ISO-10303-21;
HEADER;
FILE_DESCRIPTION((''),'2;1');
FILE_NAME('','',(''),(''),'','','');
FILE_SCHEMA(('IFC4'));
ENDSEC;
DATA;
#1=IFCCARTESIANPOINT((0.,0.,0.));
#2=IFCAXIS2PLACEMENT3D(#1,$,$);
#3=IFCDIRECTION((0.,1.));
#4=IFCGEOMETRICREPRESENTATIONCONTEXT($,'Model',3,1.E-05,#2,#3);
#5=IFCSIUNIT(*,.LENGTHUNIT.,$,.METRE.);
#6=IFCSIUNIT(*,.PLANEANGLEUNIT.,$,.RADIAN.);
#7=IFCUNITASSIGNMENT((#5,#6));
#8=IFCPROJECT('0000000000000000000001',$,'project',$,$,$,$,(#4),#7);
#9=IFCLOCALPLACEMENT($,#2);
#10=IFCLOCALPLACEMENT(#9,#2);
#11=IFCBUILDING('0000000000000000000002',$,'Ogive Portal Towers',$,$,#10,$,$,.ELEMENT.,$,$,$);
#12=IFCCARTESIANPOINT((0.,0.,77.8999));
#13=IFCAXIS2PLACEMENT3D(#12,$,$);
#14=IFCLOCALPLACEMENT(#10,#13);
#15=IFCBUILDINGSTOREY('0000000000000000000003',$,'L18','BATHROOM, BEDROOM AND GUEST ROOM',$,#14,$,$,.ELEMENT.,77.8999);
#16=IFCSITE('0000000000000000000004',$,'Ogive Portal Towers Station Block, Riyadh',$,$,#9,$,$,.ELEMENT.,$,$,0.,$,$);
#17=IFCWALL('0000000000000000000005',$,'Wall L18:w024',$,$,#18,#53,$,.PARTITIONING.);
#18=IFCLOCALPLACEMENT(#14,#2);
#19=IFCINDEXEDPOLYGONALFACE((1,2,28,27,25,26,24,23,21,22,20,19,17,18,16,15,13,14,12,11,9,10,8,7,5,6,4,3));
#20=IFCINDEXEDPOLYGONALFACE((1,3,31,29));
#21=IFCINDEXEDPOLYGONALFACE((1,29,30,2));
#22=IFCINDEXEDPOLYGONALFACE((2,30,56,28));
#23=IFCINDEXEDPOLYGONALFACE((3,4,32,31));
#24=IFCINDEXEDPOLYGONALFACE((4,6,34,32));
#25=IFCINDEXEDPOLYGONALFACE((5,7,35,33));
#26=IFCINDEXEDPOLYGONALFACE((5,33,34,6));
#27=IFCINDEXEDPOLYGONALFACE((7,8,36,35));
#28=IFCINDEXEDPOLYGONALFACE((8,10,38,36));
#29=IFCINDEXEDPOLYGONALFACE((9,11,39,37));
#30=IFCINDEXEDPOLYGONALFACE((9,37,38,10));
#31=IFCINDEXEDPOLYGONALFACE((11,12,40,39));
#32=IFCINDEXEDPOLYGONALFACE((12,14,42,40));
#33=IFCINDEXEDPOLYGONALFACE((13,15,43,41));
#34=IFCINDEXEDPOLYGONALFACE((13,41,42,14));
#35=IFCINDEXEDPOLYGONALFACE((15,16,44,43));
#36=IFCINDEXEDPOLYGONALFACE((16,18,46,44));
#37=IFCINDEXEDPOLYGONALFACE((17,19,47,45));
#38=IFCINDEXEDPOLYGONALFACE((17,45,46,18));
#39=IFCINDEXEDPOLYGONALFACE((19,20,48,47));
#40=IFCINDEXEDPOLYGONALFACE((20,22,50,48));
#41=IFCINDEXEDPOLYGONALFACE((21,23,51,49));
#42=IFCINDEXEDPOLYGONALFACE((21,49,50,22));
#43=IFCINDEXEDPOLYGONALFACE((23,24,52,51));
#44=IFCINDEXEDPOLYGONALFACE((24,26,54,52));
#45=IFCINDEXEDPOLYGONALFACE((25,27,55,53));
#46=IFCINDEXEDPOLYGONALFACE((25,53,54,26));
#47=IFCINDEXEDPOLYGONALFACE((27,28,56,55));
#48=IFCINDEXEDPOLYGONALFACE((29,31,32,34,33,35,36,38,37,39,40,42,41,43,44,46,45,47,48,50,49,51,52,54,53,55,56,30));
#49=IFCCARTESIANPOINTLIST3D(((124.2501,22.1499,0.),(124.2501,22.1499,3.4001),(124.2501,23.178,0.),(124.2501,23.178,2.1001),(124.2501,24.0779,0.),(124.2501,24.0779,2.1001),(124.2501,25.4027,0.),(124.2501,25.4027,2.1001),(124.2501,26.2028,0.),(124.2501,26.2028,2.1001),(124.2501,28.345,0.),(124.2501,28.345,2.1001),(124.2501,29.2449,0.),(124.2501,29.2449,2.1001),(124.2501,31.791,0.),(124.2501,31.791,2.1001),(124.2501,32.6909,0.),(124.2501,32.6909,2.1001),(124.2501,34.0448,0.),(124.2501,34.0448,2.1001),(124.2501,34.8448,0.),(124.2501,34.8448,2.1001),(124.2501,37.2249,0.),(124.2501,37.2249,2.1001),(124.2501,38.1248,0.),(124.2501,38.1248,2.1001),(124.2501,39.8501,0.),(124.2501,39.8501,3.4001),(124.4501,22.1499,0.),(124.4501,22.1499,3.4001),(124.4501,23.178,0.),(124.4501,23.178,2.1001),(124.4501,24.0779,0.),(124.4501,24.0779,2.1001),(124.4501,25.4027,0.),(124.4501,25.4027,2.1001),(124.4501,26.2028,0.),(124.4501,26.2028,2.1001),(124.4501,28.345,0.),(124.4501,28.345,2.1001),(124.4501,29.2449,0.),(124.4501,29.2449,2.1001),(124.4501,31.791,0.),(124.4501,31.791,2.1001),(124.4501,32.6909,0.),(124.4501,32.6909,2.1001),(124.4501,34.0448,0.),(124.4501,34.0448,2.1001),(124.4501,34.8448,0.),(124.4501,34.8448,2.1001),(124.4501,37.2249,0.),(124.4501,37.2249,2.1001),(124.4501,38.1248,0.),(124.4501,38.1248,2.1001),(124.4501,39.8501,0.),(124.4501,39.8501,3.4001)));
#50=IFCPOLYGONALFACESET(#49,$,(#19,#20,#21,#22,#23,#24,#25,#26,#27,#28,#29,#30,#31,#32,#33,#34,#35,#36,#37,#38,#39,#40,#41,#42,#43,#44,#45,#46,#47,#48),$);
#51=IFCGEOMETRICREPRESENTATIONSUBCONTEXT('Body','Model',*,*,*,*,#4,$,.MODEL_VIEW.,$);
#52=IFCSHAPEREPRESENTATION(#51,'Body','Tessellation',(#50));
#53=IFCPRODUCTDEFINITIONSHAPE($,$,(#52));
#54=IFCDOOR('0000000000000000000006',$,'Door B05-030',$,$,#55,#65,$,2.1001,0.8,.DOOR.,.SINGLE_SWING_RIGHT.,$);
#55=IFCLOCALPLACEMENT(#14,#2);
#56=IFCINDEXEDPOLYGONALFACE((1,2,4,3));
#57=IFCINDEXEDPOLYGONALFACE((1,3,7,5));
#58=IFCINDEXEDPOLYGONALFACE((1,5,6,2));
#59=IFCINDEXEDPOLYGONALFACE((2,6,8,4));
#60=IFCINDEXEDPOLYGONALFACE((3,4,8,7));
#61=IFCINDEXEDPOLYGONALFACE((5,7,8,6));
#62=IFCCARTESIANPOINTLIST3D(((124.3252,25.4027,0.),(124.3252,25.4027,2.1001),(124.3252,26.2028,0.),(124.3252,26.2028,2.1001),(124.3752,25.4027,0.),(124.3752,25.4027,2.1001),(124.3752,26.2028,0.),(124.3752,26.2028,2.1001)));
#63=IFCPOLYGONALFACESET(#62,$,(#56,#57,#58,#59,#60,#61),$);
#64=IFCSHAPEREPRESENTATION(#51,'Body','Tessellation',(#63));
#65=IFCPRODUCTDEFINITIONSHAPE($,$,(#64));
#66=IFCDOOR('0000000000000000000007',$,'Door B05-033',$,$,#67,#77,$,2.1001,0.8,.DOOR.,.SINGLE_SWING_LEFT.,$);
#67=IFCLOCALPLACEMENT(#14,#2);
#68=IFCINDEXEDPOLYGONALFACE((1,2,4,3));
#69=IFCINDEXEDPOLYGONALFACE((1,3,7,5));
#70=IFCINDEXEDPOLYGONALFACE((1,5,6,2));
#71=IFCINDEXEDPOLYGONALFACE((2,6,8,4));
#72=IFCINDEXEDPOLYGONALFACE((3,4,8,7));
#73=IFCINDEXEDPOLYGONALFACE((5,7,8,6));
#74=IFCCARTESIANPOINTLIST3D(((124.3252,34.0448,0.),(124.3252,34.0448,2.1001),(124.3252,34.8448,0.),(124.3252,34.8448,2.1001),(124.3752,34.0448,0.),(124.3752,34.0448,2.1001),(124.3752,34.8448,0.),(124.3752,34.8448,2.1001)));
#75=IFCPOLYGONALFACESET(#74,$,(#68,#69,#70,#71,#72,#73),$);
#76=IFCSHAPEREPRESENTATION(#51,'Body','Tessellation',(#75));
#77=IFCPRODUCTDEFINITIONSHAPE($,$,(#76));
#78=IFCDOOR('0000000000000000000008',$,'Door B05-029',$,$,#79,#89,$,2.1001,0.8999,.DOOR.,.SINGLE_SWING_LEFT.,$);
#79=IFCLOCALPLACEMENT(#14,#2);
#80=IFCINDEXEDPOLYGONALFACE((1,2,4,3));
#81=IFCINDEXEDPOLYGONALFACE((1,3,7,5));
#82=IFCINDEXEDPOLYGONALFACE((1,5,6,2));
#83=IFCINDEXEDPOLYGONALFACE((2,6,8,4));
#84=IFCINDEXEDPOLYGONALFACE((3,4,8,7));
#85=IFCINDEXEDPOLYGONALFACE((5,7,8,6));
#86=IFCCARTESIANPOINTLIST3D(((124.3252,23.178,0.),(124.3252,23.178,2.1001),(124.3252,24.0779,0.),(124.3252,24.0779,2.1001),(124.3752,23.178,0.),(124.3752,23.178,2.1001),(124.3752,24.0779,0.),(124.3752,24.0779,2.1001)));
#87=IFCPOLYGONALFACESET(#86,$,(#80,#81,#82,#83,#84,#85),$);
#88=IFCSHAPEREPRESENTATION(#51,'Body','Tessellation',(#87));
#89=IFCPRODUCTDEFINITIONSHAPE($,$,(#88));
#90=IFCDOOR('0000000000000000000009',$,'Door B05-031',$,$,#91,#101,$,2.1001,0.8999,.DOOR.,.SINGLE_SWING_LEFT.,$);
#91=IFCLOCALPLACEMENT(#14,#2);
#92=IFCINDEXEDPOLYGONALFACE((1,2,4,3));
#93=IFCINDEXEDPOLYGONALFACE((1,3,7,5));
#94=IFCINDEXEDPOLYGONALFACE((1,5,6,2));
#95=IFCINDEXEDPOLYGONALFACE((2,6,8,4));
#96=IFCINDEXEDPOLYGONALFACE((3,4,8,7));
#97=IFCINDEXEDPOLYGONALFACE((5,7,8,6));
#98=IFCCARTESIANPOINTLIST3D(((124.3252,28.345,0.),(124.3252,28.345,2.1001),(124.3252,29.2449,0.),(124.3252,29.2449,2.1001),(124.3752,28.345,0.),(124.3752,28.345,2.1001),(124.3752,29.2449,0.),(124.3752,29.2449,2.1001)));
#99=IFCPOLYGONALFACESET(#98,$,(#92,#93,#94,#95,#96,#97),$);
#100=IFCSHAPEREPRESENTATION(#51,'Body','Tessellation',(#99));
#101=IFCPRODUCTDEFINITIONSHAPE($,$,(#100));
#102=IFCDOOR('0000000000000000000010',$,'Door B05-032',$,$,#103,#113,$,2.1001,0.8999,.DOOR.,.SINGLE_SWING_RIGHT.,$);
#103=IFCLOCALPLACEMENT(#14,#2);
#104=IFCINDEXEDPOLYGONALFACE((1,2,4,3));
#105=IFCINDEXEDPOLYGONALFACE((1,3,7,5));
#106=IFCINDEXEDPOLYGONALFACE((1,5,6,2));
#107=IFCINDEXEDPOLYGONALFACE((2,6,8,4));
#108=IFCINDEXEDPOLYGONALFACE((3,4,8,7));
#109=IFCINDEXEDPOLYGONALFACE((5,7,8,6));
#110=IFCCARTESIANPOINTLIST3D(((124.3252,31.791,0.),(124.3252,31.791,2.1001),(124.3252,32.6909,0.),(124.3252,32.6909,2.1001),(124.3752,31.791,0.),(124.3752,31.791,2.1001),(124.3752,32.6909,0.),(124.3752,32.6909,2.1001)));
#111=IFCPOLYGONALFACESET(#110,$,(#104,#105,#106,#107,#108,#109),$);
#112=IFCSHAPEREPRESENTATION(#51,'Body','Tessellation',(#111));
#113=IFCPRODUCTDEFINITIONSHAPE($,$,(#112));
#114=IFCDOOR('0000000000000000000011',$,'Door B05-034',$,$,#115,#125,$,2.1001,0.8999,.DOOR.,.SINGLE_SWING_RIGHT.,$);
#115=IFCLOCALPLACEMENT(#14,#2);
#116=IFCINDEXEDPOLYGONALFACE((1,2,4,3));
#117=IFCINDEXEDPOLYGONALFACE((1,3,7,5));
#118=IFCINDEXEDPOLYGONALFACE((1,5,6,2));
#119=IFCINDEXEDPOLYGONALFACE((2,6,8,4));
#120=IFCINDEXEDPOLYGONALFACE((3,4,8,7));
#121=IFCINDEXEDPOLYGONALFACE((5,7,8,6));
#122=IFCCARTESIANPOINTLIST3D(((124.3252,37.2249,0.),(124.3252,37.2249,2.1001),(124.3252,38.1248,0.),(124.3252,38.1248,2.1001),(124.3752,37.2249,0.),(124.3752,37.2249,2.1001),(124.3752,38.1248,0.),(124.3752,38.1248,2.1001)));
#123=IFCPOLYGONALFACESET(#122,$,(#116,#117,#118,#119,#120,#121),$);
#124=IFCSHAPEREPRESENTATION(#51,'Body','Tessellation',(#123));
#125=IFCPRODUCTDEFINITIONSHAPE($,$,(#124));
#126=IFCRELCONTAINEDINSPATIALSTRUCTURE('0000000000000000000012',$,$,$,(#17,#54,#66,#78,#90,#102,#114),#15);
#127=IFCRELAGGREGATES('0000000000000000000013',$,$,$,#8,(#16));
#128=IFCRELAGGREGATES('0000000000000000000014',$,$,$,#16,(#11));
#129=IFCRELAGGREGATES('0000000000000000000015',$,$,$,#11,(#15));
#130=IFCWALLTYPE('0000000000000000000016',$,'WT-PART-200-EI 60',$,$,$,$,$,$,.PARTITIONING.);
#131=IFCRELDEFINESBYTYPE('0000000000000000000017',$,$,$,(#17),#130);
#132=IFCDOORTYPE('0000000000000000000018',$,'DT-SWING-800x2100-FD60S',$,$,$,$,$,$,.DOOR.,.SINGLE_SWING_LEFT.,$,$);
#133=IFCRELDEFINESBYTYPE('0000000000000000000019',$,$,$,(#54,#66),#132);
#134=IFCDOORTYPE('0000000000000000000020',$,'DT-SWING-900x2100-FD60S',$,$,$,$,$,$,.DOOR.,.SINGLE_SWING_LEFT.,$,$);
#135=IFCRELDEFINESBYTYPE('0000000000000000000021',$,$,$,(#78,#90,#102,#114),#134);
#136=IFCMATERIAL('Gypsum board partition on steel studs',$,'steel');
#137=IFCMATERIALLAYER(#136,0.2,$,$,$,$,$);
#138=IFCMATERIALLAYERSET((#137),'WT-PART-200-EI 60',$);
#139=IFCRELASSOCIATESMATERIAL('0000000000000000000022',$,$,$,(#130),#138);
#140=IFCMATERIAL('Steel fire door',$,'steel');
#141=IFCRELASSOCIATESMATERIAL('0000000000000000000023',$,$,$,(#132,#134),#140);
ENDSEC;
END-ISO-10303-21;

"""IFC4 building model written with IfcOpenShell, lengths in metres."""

from ifc_helpers import new_model, si_unit, direction, frame, frame_2d, origin, place, context, subcontext, project, spatial, rectangle, extrude, material, layer, layer_set, type_object, element, fill, save


model = new_model("IFC4")

# Units and contexts
model_context = context("Model", 3, precision=1e-05, world=origin(), true_north=direction((0.0, 1.0)))
body_context = subcontext(model_context, "Body", "Model", "MODEL_VIEW")
ifc_project = project(units=[si_unit("LENGTHUNIT", "METRE"), si_unit("PLANEANGLEUNIT", "RADIAN")], contexts=[model_context])

# Site, building, storey
site_placement = place(None, origin())
site = spatial("IfcSite", under=ifc_project, at=site_placement, Name="Ogive Portal Towers Station Block, Riyadh", CompositionType="ELEMENT", RefElevation=0.0)
building_placement = place(site_placement, origin())
building = spatial("IfcBuilding", under=site, at=building_placement, Name="Ogive Portal Towers", CompositionType="ELEMENT")
storey_placement = place(building_placement, frame((0.0, 0.0, 77.8999)))
storey = spatial("IfcBuildingStorey", under=building, at=storey_placement, Name="L18", Description="BATHROOM, BEDROOM AND GUEST ROOM", CompositionType="ELEMENT", Elevation=77.8999)

# Shared definitions
ifc_material_1 = material(Name="Steel fire door", Category="steel")

# Shared definitions
ifc_material_2 = material(Name="Gypsum board partition on steel studs", Category="steel")
ifc_layer_1 = layer(ifc_material_2, 0.2)
ifc_layer_set_1 = layer_set([ifc_layer_1], Name="WT-PART-200-EI 60")
wall_type_1 = type_object("IfcWallType", Name="WT-PART-200-EI 60", PredefinedType="PARTITIONING", material=ifc_layer_set_1)

# Wall, openings, doors
wall_1_placement = place(storey_placement, frame((124.3501, 22.1499, 0.0), z_axis=(0.0, 0.0, 1.0), x_axis=(0.0, 1.0, 0.0)))
wall_1 = element("IfcWall", 1, at=wall_1_placement, inside=storey, type_object=wall_type_1, Name="Wall L18:w024", PredefinedType="PARTITIONING", context=body_context, shape_type="SweptSolid", body=[
    extrude(rectangle(XDim=17.7002, YDim=0.2, at=frame_2d((8.8501, 0.0))), origin(), (0.0, 0.0, 1.0), 3.4001),
])
opening_1_placement = place(wall_1_placement, frame((1.0281, 0.0, 0.0)))
opening_1 = element("IfcOpeningElement", 2, at=opening_1_placement, cuts=wall_1, PredefinedType="OPENING", context=body_context, shape_type="SweptSolid", body=[
    extrude(rectangle(XDim=0.8999, YDim=2.1001, at=frame_2d((0.45, 1.05))), frame((0.0, 0.1099, 0.0), z_axis=(0.0, -1.0, 0.0), x_axis=(1.0, 0.0, 0.0)), (0.0, 0.0, 1.0), 0.22),
])
opening_2_placement = place(wall_1_placement, frame((3.2529, 0.0, 0.0)))
opening_2 = element("IfcOpeningElement", 3, at=opening_2_placement, cuts=wall_1, PredefinedType="OPENING", context=body_context, shape_type="SweptSolid", body=[
    extrude(rectangle(XDim=0.8, YDim=2.1001, at=frame_2d((0.3999, 1.05))), frame((0.0, 0.1099, 0.0), z_axis=(0.0, -1.0, 0.0), x_axis=(1.0, 0.0, 0.0)), (0.0, 0.0, 1.0), 0.22),
])
opening_3_placement = place(wall_1_placement, frame((6.1951, 0.0, 0.0)))
opening_3 = element("IfcOpeningElement", 4, at=opening_3_placement, cuts=wall_1, PredefinedType="OPENING", context=body_context, shape_type="SweptSolid", body=[
    extrude(rectangle(XDim=0.8999, YDim=2.1001, at=frame_2d((0.45, 1.05))), frame((0.0, 0.1099, 0.0), z_axis=(0.0, -1.0, 0.0), x_axis=(1.0, 0.0, 0.0)), (0.0, 0.0, 1.0), 0.22),
])
opening_4_placement = place(wall_1_placement, frame((9.6411, 0.0, 0.0)))
opening_4 = element("IfcOpeningElement", 5, at=opening_4_placement, cuts=wall_1, PredefinedType="OPENING", context=body_context, shape_type="SweptSolid", body=[
    extrude(rectangle(XDim=0.8999, YDim=2.1001, at=frame_2d((0.45, 1.05))), frame((0.0, 0.1099, 0.0), z_axis=(0.0, -1.0, 0.0), x_axis=(1.0, 0.0, 0.0)), (0.0, 0.0, 1.0), 0.22),
])
opening_5_placement = place(wall_1_placement, frame((11.895, 0.0, 0.0)))
opening_5 = element("IfcOpeningElement", 6, at=opening_5_placement, cuts=wall_1, PredefinedType="OPENING", context=body_context, shape_type="SweptSolid", body=[
    extrude(rectangle(XDim=0.8, YDim=2.1001, at=frame_2d((0.3999, 1.05))), frame((0.0, 0.1099, 0.0), z_axis=(0.0, -1.0, 0.0), x_axis=(1.0, 0.0, 0.0)), (0.0, 0.0, 1.0), 0.22),
])
opening_6_placement = place(wall_1_placement, frame((15.075, 0.0, 0.0)))
opening_6 = element("IfcOpeningElement", 7, at=opening_6_placement, cuts=wall_1, PredefinedType="OPENING", context=body_context, shape_type="SweptSolid", body=[
    extrude(rectangle(XDim=0.8999, YDim=2.1001, at=frame_2d((0.45, 1.05))), frame((0.0, 0.1099, 0.0), z_axis=(0.0, -1.0, 0.0), x_axis=(1.0, 0.0, 0.0)), (0.0, 0.0, 1.0), 0.22),
])
door_type_1 = type_object("IfcDoorType", Name="DT-SWING-800x2100-FD60S", OperationType="SINGLE_SWING_LEFT", PredefinedType="DOOR", material=ifc_material_1)
door_1_placement = place(opening_2_placement, origin())
door_1 = element("IfcDoor", 8, at=door_1_placement, inside=storey, type_object=door_type_1, Name="Door B05-030", OperationType="SINGLE_SWING_RIGHT", OverallHeight=2.1001, OverallWidth=0.8, PredefinedType="DOOR", context=body_context, shape_type="SweptSolid", body=[
    extrude(rectangle(XDim=0.8, YDim=2.1001, at=frame_2d((0.3999, 1.05))), frame((0.0, 0.0249, 0.0), z_axis=(0.0, -1.0, 0.0), x_axis=(1.0, 0.0, 0.0)), (0.0, 0.0, 1.0), 0.05),
])
fill(opening_2, door_1)
door_2_placement = place(opening_5_placement, origin())
door_2 = element("IfcDoor", 9, at=door_2_placement, inside=storey, type_object=door_type_1, Name="Door B05-033", OperationType="SINGLE_SWING_LEFT", OverallHeight=2.1001, OverallWidth=0.8, PredefinedType="DOOR", context=body_context, shape_type="SweptSolid", body=[
    extrude(rectangle(XDim=0.8, YDim=2.1001, at=frame_2d((0.3999, 1.05))), frame((0.0, 0.0249, 0.0), z_axis=(0.0, -1.0, 0.0), x_axis=(1.0, 0.0, 0.0)), (0.0, 0.0, 1.0), 0.05),
])
fill(opening_5, door_2)
door_type_2 = type_object("IfcDoorType", Name="DT-SWING-900x2100-FD60S", OperationType="SINGLE_SWING_LEFT", PredefinedType="DOOR", material=ifc_material_1)
door_3_placement = place(opening_1_placement, origin())
door_3 = element("IfcDoor", 10, at=door_3_placement, inside=storey, type_object=door_type_2, Name="Door B05-029", OperationType="SINGLE_SWING_LEFT", OverallHeight=2.1001, OverallWidth=0.8999, PredefinedType="DOOR", context=body_context, shape_type="SweptSolid", body=[
    extrude(rectangle(XDim=0.8999, YDim=2.1001, at=frame_2d((0.45, 1.05))), frame((0.0, 0.0249, 0.0), z_axis=(0.0, -1.0, 0.0), x_axis=(1.0, 0.0, 0.0)), (0.0, 0.0, 1.0), 0.05),
])
fill(opening_1, door_3)
door_4_placement = place(opening_3_placement, origin())
door_4 = element("IfcDoor", 11, at=door_4_placement, inside=storey, type_object=door_type_2, Name="Door B05-031", OperationType="SINGLE_SWING_LEFT", OverallHeight=2.1001, OverallWidth=0.8999, PredefinedType="DOOR", context=body_context, shape_type="SweptSolid", body=[
    extrude(rectangle(XDim=0.8999, YDim=2.1001, at=frame_2d((0.45, 1.05))), frame((0.0, 0.0249, 0.0), z_axis=(0.0, -1.0, 0.0), x_axis=(1.0, 0.0, 0.0)), (0.0, 0.0, 1.0), 0.05),
])
fill(opening_3, door_4)
door_5_placement = place(opening_4_placement, origin())
door_5 = element("IfcDoor", 12, at=door_5_placement, inside=storey, type_object=door_type_2, Name="Door B05-032", OperationType="SINGLE_SWING_RIGHT", OverallHeight=2.1001, OverallWidth=0.8999, PredefinedType="DOOR", context=body_context, shape_type="SweptSolid", body=[
    extrude(rectangle(XDim=0.8999, YDim=2.1001, at=frame_2d((0.45, 1.05))), frame((0.0, 0.0249, 0.0), z_axis=(0.0, -1.0, 0.0), x_axis=(1.0, 0.0, 0.0)), (0.0, 0.0, 1.0), 0.05),
])
fill(opening_4, door_5)
door_6_placement = place(opening_6_placement, origin())
door_6 = element("IfcDoor", 13, at=door_6_placement, inside=storey, type_object=door_type_2, Name="Door B05-034", OperationType="SINGLE_SWING_RIGHT", OverallHeight=2.1001, OverallWidth=0.8999, PredefinedType="DOOR", context=body_context, shape_type="SweptSolid", body=[
    extrude(rectangle(XDim=0.8999, YDim=2.1001, at=frame_2d((0.45, 1.05))), frame((0.0, 0.0249, 0.0), z_axis=(0.0, -1.0, 0.0), x_axis=(1.0, 0.0, 0.0)), (0.0, 0.0, 1.0), 0.05),
])
fill(opening_6, door_6)

save(model, "model.ifc")
